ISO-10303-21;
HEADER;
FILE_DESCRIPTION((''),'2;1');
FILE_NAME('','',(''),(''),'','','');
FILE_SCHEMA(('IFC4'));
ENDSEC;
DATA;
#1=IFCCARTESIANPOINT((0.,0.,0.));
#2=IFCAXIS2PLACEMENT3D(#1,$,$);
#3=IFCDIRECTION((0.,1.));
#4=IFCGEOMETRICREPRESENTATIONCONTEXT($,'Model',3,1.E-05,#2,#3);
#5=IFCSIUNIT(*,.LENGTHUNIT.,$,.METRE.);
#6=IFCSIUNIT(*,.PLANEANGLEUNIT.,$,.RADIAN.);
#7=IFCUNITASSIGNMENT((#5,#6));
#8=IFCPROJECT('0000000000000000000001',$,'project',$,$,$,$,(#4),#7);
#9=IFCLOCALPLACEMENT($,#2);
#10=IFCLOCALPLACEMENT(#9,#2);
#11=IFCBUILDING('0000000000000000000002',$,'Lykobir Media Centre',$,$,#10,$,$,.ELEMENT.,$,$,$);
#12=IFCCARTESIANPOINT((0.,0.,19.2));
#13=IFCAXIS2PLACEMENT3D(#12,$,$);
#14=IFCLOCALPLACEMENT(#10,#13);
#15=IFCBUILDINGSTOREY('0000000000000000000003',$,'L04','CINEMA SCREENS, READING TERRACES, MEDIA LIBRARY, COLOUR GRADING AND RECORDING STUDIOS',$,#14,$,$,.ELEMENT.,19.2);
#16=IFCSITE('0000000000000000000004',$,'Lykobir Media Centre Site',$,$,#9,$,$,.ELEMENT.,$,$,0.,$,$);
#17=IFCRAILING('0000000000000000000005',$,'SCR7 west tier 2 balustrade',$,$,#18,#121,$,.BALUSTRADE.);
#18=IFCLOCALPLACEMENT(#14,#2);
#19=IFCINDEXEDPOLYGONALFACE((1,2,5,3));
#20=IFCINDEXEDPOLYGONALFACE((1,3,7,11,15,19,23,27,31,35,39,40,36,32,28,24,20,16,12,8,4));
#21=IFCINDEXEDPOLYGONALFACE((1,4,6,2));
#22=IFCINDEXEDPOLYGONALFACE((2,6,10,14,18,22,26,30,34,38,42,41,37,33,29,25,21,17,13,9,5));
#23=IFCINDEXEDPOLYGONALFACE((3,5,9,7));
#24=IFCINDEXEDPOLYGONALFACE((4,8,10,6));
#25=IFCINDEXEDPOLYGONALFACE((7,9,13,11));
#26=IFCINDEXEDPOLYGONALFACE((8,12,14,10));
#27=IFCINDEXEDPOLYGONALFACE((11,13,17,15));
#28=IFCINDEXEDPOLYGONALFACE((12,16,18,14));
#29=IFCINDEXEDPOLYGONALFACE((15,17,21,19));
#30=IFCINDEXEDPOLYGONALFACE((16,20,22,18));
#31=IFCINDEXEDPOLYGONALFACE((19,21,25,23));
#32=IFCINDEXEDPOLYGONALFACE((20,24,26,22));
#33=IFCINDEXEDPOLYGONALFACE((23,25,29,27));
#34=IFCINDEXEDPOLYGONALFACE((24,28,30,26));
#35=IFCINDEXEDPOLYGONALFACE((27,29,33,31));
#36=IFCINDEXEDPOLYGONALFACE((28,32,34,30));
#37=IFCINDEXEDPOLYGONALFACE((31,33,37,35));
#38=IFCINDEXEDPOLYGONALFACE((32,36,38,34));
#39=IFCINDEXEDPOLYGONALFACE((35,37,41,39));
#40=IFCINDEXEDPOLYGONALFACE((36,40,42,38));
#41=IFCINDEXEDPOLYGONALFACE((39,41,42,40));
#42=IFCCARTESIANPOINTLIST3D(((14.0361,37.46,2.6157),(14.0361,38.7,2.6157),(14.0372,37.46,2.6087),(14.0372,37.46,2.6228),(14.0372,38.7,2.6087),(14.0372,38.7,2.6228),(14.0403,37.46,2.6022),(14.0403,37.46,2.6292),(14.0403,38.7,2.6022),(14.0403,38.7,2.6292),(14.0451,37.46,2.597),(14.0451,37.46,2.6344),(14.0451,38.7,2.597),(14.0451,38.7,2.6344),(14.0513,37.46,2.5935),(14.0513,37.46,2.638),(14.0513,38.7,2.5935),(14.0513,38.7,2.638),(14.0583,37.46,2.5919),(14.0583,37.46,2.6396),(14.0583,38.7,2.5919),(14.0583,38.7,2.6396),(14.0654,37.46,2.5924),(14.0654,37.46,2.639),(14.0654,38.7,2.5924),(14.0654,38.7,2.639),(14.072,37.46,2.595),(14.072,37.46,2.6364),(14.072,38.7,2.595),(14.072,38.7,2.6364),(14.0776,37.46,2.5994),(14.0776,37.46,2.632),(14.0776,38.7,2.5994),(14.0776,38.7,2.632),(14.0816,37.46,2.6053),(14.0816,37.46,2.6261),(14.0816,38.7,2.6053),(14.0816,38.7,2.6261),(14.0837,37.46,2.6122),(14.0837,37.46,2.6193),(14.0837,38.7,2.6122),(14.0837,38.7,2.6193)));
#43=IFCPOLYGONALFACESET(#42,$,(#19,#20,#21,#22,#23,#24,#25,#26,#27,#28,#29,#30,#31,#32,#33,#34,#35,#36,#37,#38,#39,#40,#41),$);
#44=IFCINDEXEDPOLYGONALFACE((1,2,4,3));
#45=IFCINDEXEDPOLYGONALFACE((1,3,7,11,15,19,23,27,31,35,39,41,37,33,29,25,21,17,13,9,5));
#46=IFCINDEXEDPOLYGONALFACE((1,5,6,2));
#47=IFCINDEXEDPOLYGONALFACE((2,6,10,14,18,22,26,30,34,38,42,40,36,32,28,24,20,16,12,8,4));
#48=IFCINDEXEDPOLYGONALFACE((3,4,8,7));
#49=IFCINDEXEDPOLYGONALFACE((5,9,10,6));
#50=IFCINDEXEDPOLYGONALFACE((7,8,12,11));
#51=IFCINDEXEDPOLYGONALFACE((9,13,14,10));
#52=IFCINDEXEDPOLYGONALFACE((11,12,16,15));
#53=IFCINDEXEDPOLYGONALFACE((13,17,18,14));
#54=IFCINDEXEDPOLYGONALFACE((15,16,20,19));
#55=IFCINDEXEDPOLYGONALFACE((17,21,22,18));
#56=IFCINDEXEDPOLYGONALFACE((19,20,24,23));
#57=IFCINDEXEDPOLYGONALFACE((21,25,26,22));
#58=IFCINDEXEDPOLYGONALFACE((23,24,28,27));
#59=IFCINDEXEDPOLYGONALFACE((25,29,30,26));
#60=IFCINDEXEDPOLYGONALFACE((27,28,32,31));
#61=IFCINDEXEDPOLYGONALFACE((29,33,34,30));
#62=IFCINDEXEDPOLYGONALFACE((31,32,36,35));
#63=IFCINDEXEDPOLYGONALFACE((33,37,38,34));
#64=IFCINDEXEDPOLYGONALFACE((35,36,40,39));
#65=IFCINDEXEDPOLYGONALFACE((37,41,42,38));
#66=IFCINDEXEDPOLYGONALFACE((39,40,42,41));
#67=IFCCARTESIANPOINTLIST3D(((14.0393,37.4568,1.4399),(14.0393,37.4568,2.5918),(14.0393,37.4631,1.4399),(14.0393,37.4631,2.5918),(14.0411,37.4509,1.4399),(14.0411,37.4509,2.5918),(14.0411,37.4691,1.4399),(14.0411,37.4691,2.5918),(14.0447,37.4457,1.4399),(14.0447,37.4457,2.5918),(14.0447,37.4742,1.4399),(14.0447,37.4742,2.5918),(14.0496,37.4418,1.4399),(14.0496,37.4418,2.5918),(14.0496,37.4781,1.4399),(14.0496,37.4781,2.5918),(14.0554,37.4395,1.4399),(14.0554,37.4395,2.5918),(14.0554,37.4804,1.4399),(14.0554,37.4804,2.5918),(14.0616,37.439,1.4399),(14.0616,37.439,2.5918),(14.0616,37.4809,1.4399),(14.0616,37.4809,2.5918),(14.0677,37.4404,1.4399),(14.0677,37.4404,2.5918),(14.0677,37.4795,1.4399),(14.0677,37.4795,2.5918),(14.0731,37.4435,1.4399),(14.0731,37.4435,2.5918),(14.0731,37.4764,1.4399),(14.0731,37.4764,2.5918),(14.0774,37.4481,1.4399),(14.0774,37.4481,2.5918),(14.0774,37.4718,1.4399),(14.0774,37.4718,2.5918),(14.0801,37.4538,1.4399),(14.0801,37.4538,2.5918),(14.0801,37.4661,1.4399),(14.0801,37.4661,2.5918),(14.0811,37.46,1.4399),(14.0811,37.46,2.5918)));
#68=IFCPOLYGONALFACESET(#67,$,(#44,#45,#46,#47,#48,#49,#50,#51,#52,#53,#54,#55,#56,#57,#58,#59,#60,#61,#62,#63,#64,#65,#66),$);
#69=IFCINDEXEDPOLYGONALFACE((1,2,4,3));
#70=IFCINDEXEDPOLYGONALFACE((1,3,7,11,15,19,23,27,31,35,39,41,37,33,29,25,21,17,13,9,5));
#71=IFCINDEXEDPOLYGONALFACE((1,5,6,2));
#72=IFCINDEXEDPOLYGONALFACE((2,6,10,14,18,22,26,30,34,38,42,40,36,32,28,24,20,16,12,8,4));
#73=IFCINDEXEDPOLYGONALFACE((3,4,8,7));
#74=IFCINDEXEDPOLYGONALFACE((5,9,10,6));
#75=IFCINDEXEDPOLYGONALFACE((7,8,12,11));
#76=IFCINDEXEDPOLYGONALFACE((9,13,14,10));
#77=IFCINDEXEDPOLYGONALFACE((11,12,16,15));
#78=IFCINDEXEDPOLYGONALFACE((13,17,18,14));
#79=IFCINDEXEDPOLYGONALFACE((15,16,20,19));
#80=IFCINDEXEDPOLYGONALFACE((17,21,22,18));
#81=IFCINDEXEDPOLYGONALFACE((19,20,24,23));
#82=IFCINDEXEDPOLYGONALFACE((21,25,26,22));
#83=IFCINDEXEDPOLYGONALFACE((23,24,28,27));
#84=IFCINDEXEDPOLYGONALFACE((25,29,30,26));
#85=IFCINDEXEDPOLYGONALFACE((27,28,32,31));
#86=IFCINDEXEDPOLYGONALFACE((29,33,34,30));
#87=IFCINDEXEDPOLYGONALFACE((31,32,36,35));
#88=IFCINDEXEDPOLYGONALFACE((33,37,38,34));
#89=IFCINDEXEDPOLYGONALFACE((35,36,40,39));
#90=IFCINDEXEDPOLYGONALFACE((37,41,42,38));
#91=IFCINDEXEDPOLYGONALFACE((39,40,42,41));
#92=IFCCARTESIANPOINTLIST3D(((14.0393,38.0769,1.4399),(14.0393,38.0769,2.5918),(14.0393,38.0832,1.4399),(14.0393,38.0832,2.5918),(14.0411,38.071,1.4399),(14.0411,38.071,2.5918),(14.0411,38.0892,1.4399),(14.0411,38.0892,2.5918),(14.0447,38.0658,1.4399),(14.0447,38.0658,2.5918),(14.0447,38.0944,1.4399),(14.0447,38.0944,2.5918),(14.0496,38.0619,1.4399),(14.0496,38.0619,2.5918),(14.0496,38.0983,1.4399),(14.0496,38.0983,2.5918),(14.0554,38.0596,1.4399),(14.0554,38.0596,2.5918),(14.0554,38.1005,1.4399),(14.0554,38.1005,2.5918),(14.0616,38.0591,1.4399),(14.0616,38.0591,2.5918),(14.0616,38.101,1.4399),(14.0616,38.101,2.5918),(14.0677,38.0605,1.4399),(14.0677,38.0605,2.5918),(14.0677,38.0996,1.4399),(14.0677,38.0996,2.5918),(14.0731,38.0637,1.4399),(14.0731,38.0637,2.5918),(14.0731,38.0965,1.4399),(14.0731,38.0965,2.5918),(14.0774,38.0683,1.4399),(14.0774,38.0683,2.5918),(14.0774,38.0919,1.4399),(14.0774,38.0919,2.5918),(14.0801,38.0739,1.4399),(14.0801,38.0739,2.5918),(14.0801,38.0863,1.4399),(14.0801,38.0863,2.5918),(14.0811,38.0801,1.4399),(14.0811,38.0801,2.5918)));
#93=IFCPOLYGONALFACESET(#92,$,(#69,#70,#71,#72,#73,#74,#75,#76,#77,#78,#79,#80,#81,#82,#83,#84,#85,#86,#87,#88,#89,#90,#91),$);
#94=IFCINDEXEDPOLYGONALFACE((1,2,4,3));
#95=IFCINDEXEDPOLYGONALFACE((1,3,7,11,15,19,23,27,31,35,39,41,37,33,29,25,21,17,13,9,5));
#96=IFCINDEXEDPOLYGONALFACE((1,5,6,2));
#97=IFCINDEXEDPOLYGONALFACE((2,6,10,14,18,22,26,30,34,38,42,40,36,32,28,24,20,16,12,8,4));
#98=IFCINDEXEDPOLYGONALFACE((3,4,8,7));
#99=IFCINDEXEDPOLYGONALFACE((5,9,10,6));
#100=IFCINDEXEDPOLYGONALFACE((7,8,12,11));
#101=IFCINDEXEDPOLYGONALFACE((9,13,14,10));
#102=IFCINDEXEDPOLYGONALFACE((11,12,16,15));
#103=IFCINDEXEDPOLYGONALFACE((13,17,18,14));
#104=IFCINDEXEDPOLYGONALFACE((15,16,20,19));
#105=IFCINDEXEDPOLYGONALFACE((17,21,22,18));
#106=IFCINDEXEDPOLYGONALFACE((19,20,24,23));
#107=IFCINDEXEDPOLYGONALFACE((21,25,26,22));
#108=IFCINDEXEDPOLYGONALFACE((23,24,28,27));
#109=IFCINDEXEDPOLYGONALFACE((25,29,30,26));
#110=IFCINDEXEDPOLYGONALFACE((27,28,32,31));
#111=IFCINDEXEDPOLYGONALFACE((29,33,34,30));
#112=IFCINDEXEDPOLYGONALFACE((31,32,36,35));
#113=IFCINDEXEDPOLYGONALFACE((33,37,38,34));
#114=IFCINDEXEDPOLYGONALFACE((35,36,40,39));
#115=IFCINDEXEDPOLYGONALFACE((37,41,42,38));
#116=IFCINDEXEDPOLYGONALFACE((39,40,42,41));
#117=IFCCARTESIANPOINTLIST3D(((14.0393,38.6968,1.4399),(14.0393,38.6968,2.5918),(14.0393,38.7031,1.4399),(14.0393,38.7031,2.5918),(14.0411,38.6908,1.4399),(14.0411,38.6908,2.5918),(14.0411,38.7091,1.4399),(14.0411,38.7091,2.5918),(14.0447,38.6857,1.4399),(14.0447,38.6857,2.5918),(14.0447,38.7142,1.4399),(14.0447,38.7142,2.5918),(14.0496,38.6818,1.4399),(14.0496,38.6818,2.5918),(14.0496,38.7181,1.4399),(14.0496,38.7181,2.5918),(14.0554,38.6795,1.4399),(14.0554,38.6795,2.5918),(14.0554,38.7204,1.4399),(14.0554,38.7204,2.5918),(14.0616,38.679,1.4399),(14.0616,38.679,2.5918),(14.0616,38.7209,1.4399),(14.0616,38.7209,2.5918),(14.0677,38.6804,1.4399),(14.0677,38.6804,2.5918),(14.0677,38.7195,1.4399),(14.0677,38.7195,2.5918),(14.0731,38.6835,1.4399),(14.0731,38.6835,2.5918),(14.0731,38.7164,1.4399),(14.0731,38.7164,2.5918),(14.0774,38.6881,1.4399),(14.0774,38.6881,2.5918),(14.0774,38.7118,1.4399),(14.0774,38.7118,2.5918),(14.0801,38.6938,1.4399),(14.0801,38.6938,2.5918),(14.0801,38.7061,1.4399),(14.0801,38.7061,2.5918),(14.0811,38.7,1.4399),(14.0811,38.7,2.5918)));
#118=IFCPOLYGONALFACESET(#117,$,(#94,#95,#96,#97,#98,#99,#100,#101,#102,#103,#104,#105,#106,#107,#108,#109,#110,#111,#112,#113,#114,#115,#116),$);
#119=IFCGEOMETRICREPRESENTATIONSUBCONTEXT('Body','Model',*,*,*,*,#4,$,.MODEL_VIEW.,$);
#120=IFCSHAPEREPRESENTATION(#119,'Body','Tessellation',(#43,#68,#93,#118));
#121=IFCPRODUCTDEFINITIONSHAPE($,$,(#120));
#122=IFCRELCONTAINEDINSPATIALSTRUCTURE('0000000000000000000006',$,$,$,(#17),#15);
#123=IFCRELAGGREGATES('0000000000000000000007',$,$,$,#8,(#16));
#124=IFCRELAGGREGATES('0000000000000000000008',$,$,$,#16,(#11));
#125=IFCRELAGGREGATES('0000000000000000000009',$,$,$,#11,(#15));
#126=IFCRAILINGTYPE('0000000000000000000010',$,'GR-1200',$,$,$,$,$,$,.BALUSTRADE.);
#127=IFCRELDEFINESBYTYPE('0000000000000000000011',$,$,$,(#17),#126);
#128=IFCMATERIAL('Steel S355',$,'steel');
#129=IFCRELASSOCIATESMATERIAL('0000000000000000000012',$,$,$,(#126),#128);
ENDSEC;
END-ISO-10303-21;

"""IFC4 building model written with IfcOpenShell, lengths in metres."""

from ifc_helpers import new_model, si_unit, direction, frame, origin, origin_2d, place, context, subcontext, project, spatial, circle, extrude, material, type_object, element, save


model = new_model("IFC4")

# Units and contexts
model_context = context("Model", 3, precision=1e-05, world=origin(), true_north=direction((0.0, 1.0)))
body_context = subcontext(model_context, "Body", "Model", "MODEL_VIEW")
ifc_project = project(units=[si_unit("LENGTHUNIT", "METRE"), si_unit("PLANEANGLEUNIT", "RADIAN")], contexts=[model_context])

# Site, building, storey
site_placement = place(None, origin())
site = spatial("IfcSite", under=ifc_project, at=site_placement, Name="Lykobir Media Centre Site", CompositionType="ELEMENT", RefElevation=0.0)
building_placement = place(site_placement, origin())
building = spatial("IfcBuilding", under=site, at=building_placement, Name="Lykobir Media Centre", CompositionType="ELEMENT")
storey_placement = place(building_placement, frame((0.0, 0.0, 19.2)))
storey = spatial("IfcBuildingStorey", under=building, at=storey_placement, Name="L04", Description="CINEMA SCREENS, READING TERRACES, MEDIA LIBRARY, COLOUR GRADING AND RECORDING STUDIOS", CompositionType="ELEMENT", Elevation=19.2)

# Shared definitions
ifc_material_1 = material(Name="Steel S355", Category="steel")

# Railing
railing_type = type_object("IfcRailingType", Name="GR-1200", PredefinedType="BALUSTRADE", material=ifc_material_1)
railing_1_placement = place(storey_placement, frame((14.0601, 37.46, 1.4399)))
element("IfcRailing", 1, at=railing_1_placement, inside=storey, type_object=railing_type, Name="SCR7 west tier 2 balustrade", PredefinedType="BALUSTRADE", context=body_context, shape_type="SweptSolid", body=[
    extrude(circle(Radius=0.0239, at=origin_2d()), frame((0.0, 0.0, 1.1758), z_axis=(0.0, 1.0, 0.0), x_axis=(-1.0, 0.0, 0.0)), (0.0, 0.0, 1.0), 1.24),
    extrude(circle(Radius=0.021, at=origin_2d()), origin(), (0.0, 0.0, 1.0), 1.1519),
    extrude(circle(Radius=0.021, at=origin_2d()), frame((0.0, 0.6201, 0.0)), (0.0, 0.0, 1.0), 1.1519),
    extrude(circle(Radius=0.021, at=origin_2d()), frame((0.0, 1.24, 0.0)), (0.0, 0.0, 1.0), 1.1519),
])

save(model, "model.ifc")
